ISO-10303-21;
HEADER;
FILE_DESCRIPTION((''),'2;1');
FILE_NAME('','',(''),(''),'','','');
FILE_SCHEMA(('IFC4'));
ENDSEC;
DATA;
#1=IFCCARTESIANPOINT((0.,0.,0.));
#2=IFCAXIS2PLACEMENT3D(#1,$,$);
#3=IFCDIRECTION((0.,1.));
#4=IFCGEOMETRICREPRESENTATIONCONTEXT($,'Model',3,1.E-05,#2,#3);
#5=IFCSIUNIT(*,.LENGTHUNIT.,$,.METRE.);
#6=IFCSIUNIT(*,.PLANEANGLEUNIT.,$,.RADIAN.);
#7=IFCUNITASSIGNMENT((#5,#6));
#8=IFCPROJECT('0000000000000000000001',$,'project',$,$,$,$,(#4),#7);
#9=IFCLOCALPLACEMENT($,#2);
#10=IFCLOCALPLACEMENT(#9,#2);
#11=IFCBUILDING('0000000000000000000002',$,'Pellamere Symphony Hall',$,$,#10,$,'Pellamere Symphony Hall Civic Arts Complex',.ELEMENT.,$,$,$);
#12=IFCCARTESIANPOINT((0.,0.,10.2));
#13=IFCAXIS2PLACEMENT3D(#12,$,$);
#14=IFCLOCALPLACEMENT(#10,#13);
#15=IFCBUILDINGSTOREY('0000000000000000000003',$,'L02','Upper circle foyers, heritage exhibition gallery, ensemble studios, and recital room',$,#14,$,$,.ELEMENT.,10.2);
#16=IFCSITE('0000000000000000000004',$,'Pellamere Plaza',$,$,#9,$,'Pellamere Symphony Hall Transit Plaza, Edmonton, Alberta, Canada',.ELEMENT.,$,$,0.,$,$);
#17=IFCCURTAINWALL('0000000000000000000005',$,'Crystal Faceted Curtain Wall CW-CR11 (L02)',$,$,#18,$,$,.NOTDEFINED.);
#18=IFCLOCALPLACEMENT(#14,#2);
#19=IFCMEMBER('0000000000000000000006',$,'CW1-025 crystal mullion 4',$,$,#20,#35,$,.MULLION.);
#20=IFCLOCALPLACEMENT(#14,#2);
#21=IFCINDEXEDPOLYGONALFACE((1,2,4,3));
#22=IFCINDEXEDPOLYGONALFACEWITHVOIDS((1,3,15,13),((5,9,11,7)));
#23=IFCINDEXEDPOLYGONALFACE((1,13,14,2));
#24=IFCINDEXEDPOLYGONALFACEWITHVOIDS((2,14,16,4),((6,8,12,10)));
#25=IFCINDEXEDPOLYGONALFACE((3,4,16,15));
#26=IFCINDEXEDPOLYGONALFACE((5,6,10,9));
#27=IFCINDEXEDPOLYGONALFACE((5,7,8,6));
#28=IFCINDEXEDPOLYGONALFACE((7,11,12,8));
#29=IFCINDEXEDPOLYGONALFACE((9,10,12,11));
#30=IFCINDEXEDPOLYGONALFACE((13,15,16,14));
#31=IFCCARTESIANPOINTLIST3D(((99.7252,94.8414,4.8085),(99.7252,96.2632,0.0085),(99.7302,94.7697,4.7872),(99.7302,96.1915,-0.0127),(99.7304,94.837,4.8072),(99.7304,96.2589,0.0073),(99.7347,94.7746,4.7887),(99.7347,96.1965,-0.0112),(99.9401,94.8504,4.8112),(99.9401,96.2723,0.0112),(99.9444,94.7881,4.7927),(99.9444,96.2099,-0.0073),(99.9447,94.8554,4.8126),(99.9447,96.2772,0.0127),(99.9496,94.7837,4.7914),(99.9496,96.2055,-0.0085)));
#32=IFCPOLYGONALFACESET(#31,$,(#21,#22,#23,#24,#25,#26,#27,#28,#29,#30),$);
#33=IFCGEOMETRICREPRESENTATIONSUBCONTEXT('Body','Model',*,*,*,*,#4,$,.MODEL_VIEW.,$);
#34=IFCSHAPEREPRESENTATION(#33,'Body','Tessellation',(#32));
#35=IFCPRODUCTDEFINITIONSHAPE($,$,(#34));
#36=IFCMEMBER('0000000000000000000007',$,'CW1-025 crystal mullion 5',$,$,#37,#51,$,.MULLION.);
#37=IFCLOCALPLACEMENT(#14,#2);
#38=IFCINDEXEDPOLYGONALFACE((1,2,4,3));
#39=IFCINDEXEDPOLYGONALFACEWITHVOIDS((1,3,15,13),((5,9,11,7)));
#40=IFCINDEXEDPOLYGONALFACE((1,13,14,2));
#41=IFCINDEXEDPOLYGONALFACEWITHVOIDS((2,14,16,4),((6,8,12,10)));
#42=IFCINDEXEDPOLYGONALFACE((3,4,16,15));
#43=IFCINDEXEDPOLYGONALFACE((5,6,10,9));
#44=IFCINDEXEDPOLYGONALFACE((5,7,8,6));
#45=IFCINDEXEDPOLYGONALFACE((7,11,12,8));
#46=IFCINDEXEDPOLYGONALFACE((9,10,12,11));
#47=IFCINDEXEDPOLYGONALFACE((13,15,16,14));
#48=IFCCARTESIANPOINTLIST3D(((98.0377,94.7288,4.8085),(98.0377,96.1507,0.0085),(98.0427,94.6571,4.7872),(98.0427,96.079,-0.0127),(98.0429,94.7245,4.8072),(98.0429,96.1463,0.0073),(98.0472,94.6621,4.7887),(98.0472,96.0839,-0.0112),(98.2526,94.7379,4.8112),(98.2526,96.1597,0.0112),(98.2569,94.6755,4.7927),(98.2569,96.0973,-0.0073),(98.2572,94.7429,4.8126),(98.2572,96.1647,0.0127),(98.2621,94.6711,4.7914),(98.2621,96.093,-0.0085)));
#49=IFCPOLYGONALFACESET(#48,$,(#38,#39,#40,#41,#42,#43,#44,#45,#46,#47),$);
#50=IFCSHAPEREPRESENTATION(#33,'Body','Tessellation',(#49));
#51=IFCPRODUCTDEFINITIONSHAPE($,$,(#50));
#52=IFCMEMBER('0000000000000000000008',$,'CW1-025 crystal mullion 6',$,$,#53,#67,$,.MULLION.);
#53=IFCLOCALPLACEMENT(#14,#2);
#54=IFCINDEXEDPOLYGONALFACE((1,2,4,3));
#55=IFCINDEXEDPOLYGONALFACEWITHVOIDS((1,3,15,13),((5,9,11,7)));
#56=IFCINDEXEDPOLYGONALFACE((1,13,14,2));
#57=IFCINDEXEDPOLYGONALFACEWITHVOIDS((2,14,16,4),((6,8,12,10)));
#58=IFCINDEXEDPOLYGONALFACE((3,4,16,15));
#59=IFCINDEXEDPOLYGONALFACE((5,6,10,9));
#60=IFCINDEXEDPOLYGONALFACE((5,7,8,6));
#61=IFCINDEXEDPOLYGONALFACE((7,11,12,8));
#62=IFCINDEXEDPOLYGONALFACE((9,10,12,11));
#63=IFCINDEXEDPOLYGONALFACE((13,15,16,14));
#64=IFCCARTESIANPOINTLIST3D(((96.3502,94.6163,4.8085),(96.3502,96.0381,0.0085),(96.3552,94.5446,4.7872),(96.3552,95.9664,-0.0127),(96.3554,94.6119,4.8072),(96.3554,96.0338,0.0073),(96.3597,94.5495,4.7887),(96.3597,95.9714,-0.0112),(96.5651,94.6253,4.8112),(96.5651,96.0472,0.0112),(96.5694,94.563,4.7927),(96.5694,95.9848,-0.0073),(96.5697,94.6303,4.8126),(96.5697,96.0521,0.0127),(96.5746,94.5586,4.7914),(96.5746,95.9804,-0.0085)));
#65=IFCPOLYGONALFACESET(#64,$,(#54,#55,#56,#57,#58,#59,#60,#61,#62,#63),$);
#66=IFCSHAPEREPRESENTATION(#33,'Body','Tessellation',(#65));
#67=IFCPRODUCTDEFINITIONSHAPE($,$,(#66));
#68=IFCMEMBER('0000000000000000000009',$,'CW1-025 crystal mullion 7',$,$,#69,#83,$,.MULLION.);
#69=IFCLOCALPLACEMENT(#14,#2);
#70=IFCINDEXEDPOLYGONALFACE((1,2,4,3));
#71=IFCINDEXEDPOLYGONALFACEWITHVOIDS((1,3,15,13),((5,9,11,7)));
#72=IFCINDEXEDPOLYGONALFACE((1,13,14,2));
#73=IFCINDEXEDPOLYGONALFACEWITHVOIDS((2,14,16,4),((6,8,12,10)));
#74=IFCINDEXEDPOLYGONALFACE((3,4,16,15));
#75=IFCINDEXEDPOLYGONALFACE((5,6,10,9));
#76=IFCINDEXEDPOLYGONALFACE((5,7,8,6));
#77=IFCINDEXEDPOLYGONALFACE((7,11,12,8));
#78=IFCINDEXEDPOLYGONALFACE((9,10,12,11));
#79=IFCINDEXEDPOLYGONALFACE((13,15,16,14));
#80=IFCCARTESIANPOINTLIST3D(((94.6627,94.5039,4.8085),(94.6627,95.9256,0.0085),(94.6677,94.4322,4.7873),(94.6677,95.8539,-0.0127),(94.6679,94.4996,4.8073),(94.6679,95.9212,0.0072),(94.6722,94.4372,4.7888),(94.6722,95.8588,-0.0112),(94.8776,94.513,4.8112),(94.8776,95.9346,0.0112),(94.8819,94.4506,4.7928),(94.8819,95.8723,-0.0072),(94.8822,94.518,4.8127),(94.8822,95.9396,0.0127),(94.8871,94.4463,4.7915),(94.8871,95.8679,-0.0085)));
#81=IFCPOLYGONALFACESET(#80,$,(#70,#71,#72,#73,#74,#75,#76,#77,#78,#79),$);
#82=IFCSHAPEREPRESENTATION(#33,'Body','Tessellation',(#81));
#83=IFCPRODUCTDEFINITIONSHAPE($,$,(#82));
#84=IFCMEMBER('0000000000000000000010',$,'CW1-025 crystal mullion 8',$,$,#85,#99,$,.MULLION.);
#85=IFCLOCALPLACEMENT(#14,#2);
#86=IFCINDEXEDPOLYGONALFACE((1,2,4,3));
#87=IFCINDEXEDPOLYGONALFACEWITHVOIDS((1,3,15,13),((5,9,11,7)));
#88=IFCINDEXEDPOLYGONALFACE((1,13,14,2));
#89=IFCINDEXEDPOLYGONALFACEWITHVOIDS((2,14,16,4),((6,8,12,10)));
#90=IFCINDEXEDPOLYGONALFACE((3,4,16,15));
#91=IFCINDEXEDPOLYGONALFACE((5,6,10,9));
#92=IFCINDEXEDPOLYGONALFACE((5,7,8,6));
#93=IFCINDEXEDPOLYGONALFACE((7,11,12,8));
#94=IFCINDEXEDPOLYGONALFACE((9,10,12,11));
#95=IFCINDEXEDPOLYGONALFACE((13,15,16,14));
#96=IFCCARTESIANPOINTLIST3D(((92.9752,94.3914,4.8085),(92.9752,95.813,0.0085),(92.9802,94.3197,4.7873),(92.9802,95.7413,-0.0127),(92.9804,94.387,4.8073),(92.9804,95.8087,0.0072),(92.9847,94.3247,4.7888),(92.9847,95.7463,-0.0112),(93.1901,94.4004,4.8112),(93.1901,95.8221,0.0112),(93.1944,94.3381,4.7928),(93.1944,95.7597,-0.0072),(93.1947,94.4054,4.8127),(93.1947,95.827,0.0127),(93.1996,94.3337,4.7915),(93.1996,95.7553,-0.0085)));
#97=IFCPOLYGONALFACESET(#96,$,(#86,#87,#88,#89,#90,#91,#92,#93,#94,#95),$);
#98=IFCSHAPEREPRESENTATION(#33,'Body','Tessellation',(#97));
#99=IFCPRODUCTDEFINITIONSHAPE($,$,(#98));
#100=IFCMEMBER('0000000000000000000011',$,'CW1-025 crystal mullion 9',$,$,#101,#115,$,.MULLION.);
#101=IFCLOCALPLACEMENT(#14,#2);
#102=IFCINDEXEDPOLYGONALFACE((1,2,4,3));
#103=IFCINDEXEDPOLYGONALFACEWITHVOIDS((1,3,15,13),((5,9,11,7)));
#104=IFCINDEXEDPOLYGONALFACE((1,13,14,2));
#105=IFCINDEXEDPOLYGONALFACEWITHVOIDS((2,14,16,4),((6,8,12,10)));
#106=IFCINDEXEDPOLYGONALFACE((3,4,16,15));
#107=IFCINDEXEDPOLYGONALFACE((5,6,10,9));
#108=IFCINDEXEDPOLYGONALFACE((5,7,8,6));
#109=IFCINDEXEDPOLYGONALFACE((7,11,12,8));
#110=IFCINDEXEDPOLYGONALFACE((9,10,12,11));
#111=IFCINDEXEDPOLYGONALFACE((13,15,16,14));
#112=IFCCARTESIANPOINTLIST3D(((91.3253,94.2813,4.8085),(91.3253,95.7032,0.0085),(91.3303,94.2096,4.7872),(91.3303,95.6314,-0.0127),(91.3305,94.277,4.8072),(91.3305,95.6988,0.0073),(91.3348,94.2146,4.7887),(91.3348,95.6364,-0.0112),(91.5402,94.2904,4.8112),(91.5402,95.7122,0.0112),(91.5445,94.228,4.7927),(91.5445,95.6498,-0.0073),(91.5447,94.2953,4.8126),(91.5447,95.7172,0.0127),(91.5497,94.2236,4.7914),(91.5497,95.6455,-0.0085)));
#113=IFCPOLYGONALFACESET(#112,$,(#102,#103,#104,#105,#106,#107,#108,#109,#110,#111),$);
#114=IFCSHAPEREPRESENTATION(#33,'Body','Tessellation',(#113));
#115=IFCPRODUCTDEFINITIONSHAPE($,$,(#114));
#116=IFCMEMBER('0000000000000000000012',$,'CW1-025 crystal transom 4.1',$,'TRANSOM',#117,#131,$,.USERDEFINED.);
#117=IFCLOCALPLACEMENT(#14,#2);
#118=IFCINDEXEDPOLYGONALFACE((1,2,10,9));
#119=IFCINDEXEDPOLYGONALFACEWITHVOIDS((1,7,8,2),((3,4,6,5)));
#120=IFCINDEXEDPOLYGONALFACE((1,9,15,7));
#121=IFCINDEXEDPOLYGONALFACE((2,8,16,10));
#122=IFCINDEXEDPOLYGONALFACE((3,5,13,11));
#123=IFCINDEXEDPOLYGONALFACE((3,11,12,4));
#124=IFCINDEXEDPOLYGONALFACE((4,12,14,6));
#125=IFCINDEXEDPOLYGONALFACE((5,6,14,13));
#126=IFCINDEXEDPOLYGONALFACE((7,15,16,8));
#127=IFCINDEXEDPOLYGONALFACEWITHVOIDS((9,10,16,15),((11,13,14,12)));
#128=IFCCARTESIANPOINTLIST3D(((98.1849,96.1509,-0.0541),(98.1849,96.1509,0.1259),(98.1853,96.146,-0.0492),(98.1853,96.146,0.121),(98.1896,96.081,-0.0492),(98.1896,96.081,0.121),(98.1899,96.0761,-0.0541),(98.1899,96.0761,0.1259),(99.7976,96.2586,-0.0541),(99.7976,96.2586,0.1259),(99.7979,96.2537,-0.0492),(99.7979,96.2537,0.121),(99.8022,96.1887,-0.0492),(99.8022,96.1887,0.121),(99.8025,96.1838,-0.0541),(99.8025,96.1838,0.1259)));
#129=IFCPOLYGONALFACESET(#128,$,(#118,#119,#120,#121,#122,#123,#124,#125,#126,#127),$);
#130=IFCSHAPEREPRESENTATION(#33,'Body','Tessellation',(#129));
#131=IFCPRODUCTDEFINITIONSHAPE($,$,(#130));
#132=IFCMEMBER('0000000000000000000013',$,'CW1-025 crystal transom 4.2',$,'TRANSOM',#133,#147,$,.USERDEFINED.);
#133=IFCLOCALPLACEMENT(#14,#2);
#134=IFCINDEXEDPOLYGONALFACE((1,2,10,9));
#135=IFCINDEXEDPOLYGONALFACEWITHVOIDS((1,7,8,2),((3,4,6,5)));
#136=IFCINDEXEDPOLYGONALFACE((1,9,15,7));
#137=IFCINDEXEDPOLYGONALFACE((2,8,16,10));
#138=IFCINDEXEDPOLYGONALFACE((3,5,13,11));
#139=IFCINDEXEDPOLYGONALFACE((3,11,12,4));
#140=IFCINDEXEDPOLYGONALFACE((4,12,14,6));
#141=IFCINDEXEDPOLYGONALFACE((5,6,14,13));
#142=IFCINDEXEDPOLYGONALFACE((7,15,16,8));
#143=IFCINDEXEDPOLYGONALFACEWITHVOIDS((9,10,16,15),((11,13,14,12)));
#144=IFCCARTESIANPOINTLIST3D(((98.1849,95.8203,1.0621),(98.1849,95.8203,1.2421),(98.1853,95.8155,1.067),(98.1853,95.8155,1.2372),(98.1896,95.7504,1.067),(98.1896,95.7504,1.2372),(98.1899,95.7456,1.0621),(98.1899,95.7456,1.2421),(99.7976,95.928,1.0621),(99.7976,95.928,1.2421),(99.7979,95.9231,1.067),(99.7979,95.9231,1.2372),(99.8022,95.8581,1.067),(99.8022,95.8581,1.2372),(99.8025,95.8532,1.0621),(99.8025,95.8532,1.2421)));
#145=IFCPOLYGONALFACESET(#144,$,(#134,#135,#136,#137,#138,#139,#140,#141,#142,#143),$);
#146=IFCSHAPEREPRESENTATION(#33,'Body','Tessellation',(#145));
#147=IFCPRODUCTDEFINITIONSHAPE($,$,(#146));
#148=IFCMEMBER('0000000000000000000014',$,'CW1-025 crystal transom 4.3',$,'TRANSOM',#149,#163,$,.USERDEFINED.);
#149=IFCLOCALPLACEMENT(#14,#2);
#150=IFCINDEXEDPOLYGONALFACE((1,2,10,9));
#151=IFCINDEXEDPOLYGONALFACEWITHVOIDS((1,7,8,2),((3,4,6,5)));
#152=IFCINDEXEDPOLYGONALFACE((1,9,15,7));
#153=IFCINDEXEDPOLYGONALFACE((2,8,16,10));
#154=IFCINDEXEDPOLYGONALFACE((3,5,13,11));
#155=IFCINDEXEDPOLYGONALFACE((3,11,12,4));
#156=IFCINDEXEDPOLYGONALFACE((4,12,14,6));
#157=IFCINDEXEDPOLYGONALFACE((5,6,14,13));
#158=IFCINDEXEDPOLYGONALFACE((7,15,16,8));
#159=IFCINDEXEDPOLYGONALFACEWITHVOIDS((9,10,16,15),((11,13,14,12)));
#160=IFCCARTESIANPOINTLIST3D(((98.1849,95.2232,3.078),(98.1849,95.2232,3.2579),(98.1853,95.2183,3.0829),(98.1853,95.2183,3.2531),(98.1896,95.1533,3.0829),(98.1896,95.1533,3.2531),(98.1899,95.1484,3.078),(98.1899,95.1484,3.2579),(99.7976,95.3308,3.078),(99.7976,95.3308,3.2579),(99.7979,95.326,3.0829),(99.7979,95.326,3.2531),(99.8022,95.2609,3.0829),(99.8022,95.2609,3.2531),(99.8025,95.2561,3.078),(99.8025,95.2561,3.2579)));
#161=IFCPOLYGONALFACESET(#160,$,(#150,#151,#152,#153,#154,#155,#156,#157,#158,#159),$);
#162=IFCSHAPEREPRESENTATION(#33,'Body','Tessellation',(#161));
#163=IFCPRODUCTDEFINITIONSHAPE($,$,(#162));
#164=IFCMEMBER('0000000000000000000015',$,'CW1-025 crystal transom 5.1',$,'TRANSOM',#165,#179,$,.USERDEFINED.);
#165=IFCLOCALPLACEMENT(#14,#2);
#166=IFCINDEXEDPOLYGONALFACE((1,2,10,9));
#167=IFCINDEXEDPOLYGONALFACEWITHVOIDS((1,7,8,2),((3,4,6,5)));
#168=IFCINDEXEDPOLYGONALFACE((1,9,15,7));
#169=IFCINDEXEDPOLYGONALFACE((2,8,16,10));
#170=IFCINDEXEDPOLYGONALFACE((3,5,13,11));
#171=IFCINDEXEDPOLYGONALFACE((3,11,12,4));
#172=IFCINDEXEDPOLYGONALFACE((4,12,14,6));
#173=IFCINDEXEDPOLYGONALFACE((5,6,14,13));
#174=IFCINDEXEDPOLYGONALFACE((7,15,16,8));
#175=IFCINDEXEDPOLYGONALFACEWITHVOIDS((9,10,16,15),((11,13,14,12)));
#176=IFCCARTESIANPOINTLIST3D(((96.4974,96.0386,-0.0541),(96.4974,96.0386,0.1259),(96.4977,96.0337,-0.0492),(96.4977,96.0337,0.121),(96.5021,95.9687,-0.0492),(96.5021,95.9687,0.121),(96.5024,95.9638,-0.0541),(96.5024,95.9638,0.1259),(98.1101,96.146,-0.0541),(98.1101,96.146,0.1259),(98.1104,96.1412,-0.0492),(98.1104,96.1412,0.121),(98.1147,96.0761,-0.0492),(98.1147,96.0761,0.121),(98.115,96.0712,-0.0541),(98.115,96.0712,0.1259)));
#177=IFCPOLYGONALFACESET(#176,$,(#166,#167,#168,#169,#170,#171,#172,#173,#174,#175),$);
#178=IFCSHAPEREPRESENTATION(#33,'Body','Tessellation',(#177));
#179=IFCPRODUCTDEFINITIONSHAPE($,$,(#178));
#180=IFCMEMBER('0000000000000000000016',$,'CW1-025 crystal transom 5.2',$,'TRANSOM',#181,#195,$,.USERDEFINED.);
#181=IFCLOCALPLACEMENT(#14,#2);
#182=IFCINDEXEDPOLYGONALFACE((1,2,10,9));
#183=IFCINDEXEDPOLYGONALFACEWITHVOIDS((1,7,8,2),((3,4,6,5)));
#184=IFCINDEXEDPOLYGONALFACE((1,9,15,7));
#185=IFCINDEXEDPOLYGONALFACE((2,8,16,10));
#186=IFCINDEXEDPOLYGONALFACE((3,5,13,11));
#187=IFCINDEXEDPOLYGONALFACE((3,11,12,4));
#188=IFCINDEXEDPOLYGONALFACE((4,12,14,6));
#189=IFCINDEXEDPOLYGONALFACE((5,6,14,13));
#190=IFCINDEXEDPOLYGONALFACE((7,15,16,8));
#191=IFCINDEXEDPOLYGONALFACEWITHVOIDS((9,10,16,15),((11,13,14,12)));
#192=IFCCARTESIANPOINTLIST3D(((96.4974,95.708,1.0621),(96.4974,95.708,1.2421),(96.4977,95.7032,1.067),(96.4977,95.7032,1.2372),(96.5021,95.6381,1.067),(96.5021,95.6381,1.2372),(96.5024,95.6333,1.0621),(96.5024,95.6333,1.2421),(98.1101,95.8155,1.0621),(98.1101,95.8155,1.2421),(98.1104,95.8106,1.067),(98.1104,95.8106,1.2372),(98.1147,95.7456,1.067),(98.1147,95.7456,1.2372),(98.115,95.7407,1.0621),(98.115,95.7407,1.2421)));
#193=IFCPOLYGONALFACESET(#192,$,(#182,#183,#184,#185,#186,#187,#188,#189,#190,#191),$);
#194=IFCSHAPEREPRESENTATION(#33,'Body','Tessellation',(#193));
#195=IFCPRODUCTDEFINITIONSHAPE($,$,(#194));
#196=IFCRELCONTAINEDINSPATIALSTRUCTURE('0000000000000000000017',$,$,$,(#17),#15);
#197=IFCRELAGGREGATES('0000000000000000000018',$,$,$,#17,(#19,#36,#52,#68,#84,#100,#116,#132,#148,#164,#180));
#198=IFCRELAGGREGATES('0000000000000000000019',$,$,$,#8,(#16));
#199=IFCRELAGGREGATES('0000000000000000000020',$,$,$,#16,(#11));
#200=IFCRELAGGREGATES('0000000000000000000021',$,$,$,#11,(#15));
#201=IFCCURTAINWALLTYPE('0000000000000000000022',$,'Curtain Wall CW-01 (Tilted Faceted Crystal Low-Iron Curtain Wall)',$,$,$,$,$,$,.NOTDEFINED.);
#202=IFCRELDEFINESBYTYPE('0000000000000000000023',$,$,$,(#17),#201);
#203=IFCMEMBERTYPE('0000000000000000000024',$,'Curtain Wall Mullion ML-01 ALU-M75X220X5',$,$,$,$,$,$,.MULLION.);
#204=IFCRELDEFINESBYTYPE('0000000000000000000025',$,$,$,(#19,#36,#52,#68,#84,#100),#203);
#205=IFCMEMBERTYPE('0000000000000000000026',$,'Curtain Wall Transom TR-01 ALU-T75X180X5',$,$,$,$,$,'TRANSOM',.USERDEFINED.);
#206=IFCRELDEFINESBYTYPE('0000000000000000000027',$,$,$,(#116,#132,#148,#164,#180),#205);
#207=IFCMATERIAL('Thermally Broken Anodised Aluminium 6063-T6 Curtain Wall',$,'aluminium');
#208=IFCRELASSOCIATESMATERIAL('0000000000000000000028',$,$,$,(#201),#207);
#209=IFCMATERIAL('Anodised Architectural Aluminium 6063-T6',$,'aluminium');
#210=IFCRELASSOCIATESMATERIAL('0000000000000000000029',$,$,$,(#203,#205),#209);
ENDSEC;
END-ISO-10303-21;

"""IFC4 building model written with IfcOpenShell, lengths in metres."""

from ifc_helpers import new_model, si_unit, direction, frame, origin, origin_2d, place, context, subcontext, project, spatial, hollow_rectangle, extrude, material, material_profile, profile_set, type_object, element, aggregate, save


model = new_model("IFC4")

# Units and contexts
model_context = context("Model", 3, precision=1e-05, world=origin(), true_north=direction((0.0, 1.0)))
body_context = subcontext(model_context, "Body", "Model", "MODEL_VIEW")
ifc_project = project(units=[si_unit("LENGTHUNIT", "METRE"), si_unit("PLANEANGLEUNIT", "RADIAN")], contexts=[model_context])

# Site, building, storey
site_placement = place(None, origin())
site = spatial("IfcSite", under=ifc_project, at=site_placement, Name="Pellamere Plaza", LongName="Pellamere Symphony Hall Transit Plaza, Edmonton, Alberta, Canada", CompositionType="ELEMENT", RefElevation=0.0)
building_placement = place(site_placement, origin())
building = spatial("IfcBuilding", under=site, at=building_placement, Name="Pellamere Symphony Hall", LongName="Pellamere Symphony Hall Civic Arts Complex", CompositionType="ELEMENT")
storey_placement = place(building_placement, frame((0.0, 0.0, 10.2)))
storey = spatial("IfcBuildingStorey", under=building, at=storey_placement, Name="L02", Description="Upper circle foyers, heritage exhibition gallery, ensemble studios, and recital room", CompositionType="ELEMENT", Elevation=10.2)

# Curtain wall, members
ifc_material_1 = material(Name="Thermally Broken Anodised Aluminium 6063-T6 Curtain Wall", Category="aluminium")
curtain_wall_type = type_object("IfcCurtainWallType", Name="Curtain Wall CW-01 (Tilted Faceted Crystal Low-Iron Curtain Wall)", PredefinedType="NOTDEFINED", material=ifc_material_1)
curtain_wall_1_placement = place(storey_placement, origin())
curtain_wall_1 = element("IfcCurtainWall", 1, at=curtain_wall_1_placement, inside=storey, type_object=curtain_wall_type, Name="Crystal Faceted Curtain Wall CW-CR11 (L02)", PredefinedType="NOTDEFINED")
ifc_material_2 = material(Name="Anodised Architectural Aluminium 6063-T6", Category="aluminium")
ifc_material_profile_1 = material_profile(ifc_material_2, hollow_rectangle(XDim=0.075, YDim=0.22, WallThickness=0.0049, at=origin_2d()), Name="ALU-M75X220X5")
ifc_profile_set_1 = profile_set([ifc_material_profile_1], Name="Anodised Architectural Aluminium 6063-T6")
member_type_1 = type_object("IfcMemberType", Name="Curtain Wall Mullion ML-01 ALU-M75X220X5", PredefinedType="MULLION", material=ifc_profile_set_1)
member_1_placement = place(storey_placement, frame((99.8374, 96.2344, 0.0), z_axis=(0.0, -0.284022, 0.958818), x_axis=(0.066519, -0.956694, -0.283393)))
member_1 = element("IfcMember", 2, at=member_1_placement, type_object=member_type_1, Name="CW1-025 crystal mullion 4", PredefinedType="MULLION", context=body_context, shape_type="SweptSolid", body=[
    extrude(hollow_rectangle(XDim=0.075, YDim=0.22, WallThickness=0.0049, at=origin_2d()), origin(), (0.0, 0.0, 1.0), 5.0061),
])
member_2_placement = place(storey_placement, frame((98.1499, 96.1218, 0.0), z_axis=(0.0, -0.284022, 0.958818), x_axis=(0.066519, -0.956694, -0.283393)))
member_2 = element("IfcMember", 3, at=member_2_placement, type_object=member_type_1, Name="CW1-025 crystal mullion 5", PredefinedType="MULLION", context=body_context, shape_type="SweptSolid", body=[
    extrude(hollow_rectangle(XDim=0.075, YDim=0.22, WallThickness=0.0049, at=origin_2d()), origin(), (0.0, 0.0, 1.0), 5.0061),
])
member_3_placement = place(storey_placement, frame((96.4624, 96.0093, 0.0), z_axis=(0.0, -0.284022, 0.958818), x_axis=(0.066519, -0.956694, -0.283393)))
member_3 = element("IfcMember", 4, at=member_3_placement, type_object=member_type_1, Name="CW1-025 crystal mullion 6", PredefinedType="MULLION", context=body_context, shape_type="SweptSolid", body=[
    extrude(hollow_rectangle(XDim=0.075, YDim=0.22, WallThickness=0.0049, at=origin_2d()), origin(), (0.0, 0.0, 1.0), 5.0061),
])
member_4_placement = place(storey_placement, frame((94.7749, 95.8967, 0.0), z_axis=(0.0, -0.283977, 0.958831), x_axis=(0.066519, -0.956707, -0.283348)))
member_4 = element("IfcMember", 5, at=member_4_placement, type_object=member_type_1, Name="CW1-025 crystal mullion 7", PredefinedType="MULLION", context=body_context, shape_type="SweptSolid", body=[
    extrude(hollow_rectangle(XDim=0.075, YDim=0.22, WallThickness=0.0049, at=origin_2d()), origin(), (0.0, 0.0, 1.0), 5.0061),
])
member_5_placement = place(storey_placement, frame((93.0874, 95.7842, 0.0), z_axis=(0.0, -0.283977, 0.958831), x_axis=(0.066519, -0.956707, -0.283348)))
member_5 = element("IfcMember", 6, at=member_5_placement, type_object=member_type_1, Name="CW1-025 crystal mullion 8", PredefinedType="MULLION", context=body_context, shape_type="SweptSolid", body=[
    extrude(hollow_rectangle(XDim=0.075, YDim=0.22, WallThickness=0.0049, at=origin_2d()), origin(), (0.0, 0.0, 1.0), 5.0061),
])
member_6_placement = place(storey_placement, frame((91.4375, 95.6743, 0.0), z_axis=(0.0, -0.284022, 0.958818), x_axis=(0.066519, -0.956694, -0.283393)))
member_6 = element("IfcMember", 7, at=member_6_placement, type_object=member_type_1, Name="CW1-025 crystal mullion 9", PredefinedType="MULLION", context=body_context, shape_type="SweptSolid", body=[
    extrude(hollow_rectangle(XDim=0.075, YDim=0.22, WallThickness=0.0049, at=origin_2d()), origin(), (0.0, 0.0, 1.0), 5.0061),
])
ifc_material_profile_2 = material_profile(ifc_material_2, hollow_rectangle(XDim=0.075, YDim=0.1799, WallThickness=0.0049, at=origin_2d()), Name="ALU-T75X180X5")
ifc_profile_set_2 = profile_set([ifc_material_profile_2], Name="Anodised Architectural Aluminium 6063-T6")
member_type_2 = type_object("IfcMemberType", Name="Curtain Wall Transom TR-01 ALU-T75X180X5", ElementType="TRANSOM", PredefinedType="USERDEFINED", material=ifc_profile_set_2)
member_7_placement = place(storey_placement, frame((99.8, 96.2212, 0.0359), z_axis=(-0.997778, -0.066619, 0.0), x_axis=(0.066619, -0.997778, 0.0)))
member_7 = element("IfcMember", 8, at=member_7_placement, type_object=member_type_2, Name="CW1-025 crystal transom 4.1", ObjectType="TRANSOM", PredefinedType="USERDEFINED", context=body_context, shape_type="SweptSolid", body=[
    extrude(hollow_rectangle(XDim=0.075, YDim=0.1799, WallThickness=0.0049, at=origin_2d()), origin(), (0.0, 0.0, 1.0), 1.6162),
])
member_8_placement = place(storey_placement, frame((99.8, 95.8906, 1.1521), z_axis=(-0.997778, -0.066619, 0.0), x_axis=(0.066619, -0.997778, 0.0)))
member_8 = element("IfcMember", 9, at=member_8_placement, type_object=member_type_2, Name="CW1-025 crystal transom 4.2", ObjectType="TRANSOM", PredefinedType="USERDEFINED", context=body_context, shape_type="SweptSolid", body=[
    extrude(hollow_rectangle(XDim=0.075, YDim=0.1799, WallThickness=0.0049, at=origin_2d()), origin(), (0.0, 0.0, 1.0), 1.6162),
])
member_9_placement = place(storey_placement, frame((99.8, 95.2935, 3.168), z_axis=(-0.997778, -0.066619, 0.0), x_axis=(0.066619, -0.997778, 0.0)))
member_9 = element("IfcMember", 10, at=member_9_placement, type_object=member_type_2, Name="CW1-025 crystal transom 4.3", ObjectType="TRANSOM", PredefinedType="USERDEFINED", context=body_context, shape_type="SweptSolid", body=[
    extrude(hollow_rectangle(XDim=0.075, YDim=0.1799, WallThickness=0.0049, at=origin_2d()), origin(), (0.0, 0.0, 1.0), 1.6162),
])
member_10_placement = place(storey_placement, frame((98.1125, 96.1086, 0.0359), z_axis=(-0.997788, -0.066469, 0.0), x_axis=(0.066469, -0.997788, 0.0)))
member_10 = element("IfcMember", 11, at=member_10_placement, type_object=member_type_2, Name="CW1-025 crystal transom 5.1", ObjectType="TRANSOM", PredefinedType="USERDEFINED", context=body_context, shape_type="SweptSolid", body=[
    extrude(hollow_rectangle(XDim=0.075, YDim=0.1799, WallThickness=0.0049, at=origin_2d()), origin(), (0.0, 0.0, 1.0), 1.6162),
])
member_11_placement = place(storey_placement, frame((98.1125, 95.7781, 1.1521), z_axis=(-0.997788, -0.066469, 0.0), x_axis=(0.066469, -0.997788, 0.0)))
member_11 = element("IfcMember", 12, at=member_11_placement, type_object=member_type_2, Name="CW1-025 crystal transom 5.2", ObjectType="TRANSOM", PredefinedType="USERDEFINED", context=body_context, shape_type="SweptSolid", body=[
    extrude(hollow_rectangle(XDim=0.075, YDim=0.1799, WallThickness=0.0049, at=origin_2d()), origin(), (0.0, 0.0, 1.0), 1.6162),
])

aggregate(curtain_wall_1, [member_1, member_2, member_3, member_4, member_5, member_6, member_7, member_8, member_9, member_10, member_11])

save(model, "model.ifc")
